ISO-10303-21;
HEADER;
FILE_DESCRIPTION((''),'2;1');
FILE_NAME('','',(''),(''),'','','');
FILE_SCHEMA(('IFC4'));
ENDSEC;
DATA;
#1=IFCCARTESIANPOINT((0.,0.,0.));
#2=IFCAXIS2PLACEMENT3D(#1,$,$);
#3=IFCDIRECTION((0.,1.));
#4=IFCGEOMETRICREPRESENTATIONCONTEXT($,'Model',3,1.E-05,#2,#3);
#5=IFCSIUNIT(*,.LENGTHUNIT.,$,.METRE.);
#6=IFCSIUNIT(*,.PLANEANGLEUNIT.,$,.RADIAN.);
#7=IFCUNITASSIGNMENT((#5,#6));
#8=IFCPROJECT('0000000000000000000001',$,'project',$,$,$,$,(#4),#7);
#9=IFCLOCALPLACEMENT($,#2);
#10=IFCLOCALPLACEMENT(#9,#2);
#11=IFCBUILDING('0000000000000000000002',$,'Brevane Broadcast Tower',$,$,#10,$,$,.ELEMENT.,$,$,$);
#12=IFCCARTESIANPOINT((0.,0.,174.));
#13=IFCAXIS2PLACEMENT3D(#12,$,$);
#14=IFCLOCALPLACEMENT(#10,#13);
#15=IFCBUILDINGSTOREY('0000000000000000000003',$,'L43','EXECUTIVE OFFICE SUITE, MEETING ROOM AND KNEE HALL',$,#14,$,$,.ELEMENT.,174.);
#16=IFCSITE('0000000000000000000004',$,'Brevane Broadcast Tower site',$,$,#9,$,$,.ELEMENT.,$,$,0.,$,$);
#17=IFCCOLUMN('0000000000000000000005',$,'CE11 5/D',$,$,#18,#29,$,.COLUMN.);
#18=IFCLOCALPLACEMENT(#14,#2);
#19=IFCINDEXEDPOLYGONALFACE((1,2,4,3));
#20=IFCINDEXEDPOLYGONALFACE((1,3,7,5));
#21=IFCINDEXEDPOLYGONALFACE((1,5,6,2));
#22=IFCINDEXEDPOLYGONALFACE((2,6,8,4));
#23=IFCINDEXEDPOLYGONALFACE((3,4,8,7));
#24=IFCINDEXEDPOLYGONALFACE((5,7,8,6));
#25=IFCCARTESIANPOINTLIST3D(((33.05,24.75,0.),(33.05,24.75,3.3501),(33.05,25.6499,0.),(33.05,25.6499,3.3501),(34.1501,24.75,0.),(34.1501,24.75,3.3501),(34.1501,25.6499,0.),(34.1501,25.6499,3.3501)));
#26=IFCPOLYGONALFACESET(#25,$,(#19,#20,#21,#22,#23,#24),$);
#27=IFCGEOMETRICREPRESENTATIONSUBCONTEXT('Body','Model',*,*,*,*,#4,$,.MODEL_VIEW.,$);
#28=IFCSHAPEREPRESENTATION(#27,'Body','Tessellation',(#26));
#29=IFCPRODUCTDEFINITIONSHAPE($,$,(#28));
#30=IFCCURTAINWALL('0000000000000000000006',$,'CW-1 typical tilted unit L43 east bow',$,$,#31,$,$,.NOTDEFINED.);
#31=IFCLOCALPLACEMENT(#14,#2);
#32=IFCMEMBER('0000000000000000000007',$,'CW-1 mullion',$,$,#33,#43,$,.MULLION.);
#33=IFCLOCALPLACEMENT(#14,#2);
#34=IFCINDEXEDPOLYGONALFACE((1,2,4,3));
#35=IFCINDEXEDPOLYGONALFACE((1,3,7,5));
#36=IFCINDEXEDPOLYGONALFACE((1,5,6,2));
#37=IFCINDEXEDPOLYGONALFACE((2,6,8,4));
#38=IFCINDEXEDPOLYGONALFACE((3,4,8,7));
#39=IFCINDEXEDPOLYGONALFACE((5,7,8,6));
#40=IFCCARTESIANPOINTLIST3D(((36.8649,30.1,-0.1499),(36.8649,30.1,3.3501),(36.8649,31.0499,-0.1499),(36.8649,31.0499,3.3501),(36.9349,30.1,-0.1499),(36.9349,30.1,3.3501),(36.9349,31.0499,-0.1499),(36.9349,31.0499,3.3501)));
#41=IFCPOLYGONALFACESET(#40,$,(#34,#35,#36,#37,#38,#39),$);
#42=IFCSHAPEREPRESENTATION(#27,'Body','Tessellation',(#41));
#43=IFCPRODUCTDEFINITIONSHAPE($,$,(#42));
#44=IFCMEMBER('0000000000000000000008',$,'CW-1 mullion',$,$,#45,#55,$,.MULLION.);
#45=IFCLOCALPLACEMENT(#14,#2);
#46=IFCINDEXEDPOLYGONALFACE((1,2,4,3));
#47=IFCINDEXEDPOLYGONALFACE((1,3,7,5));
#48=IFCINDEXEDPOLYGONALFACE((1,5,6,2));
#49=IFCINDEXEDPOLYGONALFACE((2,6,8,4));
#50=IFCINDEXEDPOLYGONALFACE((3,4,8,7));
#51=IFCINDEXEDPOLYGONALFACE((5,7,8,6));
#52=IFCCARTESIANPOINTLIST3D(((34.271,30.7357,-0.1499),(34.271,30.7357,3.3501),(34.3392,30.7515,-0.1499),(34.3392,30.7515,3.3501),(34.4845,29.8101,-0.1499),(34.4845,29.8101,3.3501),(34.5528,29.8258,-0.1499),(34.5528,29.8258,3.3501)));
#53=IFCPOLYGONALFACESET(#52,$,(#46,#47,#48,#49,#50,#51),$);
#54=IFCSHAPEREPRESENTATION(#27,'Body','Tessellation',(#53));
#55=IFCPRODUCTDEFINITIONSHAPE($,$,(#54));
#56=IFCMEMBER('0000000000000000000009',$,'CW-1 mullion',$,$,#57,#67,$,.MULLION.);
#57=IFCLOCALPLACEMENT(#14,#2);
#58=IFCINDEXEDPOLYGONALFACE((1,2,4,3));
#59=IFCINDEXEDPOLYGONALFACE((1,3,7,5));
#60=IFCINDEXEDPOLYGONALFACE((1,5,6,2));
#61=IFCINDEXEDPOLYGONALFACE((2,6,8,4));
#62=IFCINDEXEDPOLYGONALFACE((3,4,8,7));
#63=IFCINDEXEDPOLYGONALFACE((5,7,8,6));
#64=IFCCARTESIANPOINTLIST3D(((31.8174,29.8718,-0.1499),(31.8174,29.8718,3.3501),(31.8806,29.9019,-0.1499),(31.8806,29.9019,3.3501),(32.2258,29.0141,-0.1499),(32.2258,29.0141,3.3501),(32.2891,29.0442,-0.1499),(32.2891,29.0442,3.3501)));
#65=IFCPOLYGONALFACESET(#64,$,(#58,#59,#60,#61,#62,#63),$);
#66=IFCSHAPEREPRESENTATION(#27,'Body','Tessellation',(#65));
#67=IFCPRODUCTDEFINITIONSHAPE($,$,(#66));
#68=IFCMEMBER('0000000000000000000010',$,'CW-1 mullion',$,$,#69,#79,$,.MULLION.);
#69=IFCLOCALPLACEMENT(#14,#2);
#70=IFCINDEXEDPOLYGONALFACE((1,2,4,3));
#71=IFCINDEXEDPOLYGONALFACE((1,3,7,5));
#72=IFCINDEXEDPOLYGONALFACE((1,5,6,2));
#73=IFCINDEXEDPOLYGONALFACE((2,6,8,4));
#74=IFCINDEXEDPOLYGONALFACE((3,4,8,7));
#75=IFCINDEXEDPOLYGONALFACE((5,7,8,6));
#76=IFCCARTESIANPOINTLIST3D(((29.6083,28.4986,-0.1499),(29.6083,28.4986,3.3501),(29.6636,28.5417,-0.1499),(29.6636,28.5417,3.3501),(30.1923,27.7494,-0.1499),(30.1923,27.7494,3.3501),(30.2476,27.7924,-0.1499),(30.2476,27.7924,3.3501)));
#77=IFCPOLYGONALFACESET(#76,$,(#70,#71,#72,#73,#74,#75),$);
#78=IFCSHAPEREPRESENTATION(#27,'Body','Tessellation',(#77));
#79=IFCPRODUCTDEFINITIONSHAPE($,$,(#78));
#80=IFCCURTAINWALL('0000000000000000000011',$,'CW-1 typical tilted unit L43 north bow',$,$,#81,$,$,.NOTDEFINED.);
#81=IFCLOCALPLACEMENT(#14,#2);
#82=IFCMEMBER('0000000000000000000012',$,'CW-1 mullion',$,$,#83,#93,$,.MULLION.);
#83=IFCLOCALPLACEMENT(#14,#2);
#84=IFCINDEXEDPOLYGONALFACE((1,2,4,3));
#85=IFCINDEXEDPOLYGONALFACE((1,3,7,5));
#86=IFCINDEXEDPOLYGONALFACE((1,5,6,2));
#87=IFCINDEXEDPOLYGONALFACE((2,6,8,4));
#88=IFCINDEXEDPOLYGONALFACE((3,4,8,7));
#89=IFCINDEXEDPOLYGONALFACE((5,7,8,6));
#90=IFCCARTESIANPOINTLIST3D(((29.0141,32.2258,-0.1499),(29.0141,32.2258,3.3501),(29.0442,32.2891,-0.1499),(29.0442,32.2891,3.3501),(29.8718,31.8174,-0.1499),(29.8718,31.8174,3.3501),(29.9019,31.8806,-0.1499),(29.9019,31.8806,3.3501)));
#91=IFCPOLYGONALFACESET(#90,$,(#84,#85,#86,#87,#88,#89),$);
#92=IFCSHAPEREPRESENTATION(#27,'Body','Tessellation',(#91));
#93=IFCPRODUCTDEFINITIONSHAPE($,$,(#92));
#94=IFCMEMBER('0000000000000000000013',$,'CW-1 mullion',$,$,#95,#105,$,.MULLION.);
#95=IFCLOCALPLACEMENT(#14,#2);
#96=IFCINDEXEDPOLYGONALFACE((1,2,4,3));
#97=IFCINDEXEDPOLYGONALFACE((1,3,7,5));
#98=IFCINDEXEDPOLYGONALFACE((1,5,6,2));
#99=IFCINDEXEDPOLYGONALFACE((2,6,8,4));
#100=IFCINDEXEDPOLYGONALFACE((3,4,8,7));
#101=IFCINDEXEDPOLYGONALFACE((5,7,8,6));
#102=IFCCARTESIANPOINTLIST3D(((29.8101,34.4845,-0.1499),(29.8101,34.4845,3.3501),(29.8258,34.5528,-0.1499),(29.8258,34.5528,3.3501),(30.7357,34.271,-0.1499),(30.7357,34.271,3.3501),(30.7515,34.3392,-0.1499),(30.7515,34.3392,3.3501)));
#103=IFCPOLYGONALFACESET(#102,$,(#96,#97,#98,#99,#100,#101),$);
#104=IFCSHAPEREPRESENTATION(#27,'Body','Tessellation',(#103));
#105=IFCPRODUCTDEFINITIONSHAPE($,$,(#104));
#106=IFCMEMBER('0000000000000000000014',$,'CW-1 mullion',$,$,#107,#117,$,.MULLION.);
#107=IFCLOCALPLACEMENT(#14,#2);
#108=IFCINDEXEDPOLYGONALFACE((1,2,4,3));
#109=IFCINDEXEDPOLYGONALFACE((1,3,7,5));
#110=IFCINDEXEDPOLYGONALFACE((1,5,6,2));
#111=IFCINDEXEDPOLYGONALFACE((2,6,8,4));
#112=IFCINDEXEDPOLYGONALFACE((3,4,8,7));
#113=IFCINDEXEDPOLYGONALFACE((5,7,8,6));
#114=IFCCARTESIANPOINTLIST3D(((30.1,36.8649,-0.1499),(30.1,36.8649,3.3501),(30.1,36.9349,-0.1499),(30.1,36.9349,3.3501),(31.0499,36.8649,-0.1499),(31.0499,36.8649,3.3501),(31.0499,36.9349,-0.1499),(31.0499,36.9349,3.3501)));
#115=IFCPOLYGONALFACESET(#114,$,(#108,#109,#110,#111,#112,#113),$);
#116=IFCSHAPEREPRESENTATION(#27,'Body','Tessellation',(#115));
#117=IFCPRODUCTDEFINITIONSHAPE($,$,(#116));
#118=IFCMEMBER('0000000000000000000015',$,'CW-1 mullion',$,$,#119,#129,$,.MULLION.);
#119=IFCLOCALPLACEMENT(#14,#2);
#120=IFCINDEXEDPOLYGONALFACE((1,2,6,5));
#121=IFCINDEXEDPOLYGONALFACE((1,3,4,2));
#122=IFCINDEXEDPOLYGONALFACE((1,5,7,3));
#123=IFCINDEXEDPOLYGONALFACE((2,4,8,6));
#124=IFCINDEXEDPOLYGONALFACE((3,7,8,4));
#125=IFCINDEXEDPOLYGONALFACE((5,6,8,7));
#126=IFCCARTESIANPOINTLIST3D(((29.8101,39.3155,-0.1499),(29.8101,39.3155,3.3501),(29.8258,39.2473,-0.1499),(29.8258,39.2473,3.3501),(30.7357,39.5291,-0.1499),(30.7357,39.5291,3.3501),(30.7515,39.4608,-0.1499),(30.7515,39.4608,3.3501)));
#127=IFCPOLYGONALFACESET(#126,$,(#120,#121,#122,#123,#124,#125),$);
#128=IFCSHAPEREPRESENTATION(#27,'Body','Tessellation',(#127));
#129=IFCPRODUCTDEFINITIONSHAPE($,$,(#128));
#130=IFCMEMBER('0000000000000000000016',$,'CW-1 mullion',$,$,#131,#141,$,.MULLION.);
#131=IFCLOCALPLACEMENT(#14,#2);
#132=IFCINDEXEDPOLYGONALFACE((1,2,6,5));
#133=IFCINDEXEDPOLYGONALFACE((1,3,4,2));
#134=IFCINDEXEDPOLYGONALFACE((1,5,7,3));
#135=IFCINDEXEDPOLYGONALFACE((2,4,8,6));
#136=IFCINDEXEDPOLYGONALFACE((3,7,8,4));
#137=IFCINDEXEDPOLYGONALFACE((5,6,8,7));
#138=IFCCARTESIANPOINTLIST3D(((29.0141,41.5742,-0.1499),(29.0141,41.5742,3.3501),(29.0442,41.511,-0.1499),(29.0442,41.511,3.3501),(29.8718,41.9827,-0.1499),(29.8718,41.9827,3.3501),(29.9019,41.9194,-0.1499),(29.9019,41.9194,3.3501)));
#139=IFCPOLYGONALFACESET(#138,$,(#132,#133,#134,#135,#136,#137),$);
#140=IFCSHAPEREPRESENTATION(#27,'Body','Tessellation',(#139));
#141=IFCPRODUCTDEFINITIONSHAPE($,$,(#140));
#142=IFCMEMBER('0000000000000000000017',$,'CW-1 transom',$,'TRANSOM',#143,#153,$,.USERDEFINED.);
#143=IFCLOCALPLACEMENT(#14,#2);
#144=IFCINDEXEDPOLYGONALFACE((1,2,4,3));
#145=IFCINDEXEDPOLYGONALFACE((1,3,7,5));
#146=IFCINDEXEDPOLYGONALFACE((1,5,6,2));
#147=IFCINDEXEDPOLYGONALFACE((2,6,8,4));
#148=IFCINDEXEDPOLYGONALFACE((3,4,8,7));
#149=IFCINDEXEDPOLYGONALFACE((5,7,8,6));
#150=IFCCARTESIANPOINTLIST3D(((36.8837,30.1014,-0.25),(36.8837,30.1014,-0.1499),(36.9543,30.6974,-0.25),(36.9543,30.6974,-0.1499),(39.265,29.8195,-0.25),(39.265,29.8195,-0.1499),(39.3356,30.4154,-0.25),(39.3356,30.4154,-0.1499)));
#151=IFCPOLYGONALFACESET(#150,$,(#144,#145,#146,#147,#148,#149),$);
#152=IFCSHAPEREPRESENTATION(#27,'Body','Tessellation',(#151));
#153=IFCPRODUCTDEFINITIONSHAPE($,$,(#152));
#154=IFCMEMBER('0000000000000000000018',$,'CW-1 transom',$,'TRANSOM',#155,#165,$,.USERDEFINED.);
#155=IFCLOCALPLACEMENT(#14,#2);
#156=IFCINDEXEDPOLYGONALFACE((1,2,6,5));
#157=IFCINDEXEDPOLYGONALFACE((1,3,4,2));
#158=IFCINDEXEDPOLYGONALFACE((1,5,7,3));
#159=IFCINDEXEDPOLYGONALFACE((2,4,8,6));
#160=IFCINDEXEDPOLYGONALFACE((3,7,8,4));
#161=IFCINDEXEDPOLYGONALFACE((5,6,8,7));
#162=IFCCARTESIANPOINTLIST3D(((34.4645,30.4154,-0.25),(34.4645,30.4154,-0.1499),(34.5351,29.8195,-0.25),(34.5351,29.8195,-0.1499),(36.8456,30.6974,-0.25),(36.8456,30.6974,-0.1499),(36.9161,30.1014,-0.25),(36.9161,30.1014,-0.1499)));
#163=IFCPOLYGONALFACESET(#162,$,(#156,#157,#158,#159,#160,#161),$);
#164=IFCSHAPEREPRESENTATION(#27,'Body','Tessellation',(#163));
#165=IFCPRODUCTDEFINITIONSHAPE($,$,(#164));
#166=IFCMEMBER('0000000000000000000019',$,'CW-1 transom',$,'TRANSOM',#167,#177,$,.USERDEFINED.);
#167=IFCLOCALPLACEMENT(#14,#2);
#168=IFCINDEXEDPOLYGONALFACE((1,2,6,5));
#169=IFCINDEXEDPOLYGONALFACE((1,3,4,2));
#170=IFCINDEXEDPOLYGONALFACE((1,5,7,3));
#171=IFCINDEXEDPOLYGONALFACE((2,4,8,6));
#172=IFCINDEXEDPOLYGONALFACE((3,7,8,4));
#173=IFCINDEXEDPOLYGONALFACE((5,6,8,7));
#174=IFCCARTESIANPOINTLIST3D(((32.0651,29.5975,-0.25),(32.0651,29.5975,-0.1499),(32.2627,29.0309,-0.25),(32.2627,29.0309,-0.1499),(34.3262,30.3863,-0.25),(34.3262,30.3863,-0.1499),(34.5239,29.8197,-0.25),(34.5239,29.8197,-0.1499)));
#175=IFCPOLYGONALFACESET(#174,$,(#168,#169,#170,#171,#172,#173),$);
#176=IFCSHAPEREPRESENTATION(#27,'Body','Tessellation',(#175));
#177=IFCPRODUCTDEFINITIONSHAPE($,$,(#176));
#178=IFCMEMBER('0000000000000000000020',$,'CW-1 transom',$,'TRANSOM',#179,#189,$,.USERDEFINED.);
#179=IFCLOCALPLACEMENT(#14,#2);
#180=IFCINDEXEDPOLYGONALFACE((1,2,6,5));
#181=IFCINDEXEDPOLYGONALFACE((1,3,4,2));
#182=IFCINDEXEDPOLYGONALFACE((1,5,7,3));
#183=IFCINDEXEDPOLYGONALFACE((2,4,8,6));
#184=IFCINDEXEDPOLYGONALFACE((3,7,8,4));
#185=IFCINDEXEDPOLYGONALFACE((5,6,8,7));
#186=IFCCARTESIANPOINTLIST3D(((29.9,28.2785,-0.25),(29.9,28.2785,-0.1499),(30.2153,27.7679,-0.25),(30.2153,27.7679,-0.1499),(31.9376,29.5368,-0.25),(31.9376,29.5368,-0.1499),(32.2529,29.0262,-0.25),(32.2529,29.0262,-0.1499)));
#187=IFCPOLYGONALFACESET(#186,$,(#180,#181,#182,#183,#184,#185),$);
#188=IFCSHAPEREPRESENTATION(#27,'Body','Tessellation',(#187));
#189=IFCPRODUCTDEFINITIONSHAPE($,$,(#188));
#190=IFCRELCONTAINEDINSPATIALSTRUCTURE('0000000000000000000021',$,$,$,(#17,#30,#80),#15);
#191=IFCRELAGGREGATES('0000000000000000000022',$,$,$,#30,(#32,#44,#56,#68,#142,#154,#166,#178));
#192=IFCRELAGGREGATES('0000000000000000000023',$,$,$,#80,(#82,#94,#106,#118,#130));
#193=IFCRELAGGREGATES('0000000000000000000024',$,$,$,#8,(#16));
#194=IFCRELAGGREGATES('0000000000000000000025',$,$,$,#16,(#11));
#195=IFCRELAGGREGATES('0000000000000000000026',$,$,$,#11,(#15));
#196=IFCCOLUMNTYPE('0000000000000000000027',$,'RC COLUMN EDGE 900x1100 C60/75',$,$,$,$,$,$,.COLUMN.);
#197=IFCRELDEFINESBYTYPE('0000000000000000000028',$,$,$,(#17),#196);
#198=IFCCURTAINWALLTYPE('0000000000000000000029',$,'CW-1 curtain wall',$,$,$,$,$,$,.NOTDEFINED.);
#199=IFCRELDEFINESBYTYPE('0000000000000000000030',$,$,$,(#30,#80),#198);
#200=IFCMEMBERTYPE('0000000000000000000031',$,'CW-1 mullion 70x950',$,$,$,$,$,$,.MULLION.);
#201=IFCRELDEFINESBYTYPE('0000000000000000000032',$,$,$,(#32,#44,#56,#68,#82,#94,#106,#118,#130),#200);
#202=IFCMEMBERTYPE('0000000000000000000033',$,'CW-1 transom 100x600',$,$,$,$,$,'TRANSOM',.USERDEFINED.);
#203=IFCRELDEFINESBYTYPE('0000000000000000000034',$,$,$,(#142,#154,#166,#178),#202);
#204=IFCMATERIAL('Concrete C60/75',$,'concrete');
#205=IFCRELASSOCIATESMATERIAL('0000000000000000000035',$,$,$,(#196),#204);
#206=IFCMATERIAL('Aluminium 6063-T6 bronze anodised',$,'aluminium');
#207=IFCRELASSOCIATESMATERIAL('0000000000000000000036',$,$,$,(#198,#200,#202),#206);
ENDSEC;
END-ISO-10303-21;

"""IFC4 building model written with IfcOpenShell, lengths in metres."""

from ifc_helpers import new_model, si_unit, direction, frame, origin, origin_2d, place, context, subcontext, project, spatial, rectangle, extrude, material, material_profile, profile_set, type_object, element, aggregate, save


model = new_model("IFC4")

# Units and contexts
model_context = context("Model", 3, precision=1e-05, world=origin(), true_north=direction((0.0, 1.0)))
body_context = subcontext(model_context, "Body", "Model", "MODEL_VIEW")
ifc_project = project(units=[si_unit("LENGTHUNIT", "METRE"), si_unit("PLANEANGLEUNIT", "RADIAN")], contexts=[model_context])

# Site, building, storey
site_placement = place(None, origin())
site = spatial("IfcSite", under=ifc_project, at=site_placement, Name="Brevane Broadcast Tower site", CompositionType="ELEMENT", RefElevation=0.0)
building_placement = place(site_placement, origin())
building = spatial("IfcBuilding", under=site, at=building_placement, Name="Brevane Broadcast Tower", CompositionType="ELEMENT")
storey_placement = place(building_placement, frame((0.0, 0.0, 174.0)))
storey = spatial("IfcBuildingStorey", under=building, at=storey_placement, Name="L43", Description="EXECUTIVE OFFICE SUITE, MEETING ROOM AND KNEE HALL", CompositionType="ELEMENT", Elevation=174.0)

# Column
ifc_material_1 = material(Name="Concrete C60/75", Category="concrete")
ifc_material_profile_1 = material_profile(ifc_material_1, rectangle(XDim=0.8999, YDim=1.1001, at=origin_2d()), Name="RC 900x1100")
ifc_profile_set_1 = profile_set([ifc_material_profile_1], Name="Concrete C60/75")
column_type = type_object("IfcColumnType", Name="RC COLUMN EDGE 900x1100 C60/75", PredefinedType="COLUMN", material=ifc_profile_set_1)
column_placement = place(storey_placement, frame((33.6001, 25.2, 0.0), z_axis=(0.0, 0.0, 1.0), x_axis=(0.0, 1.0, 0.0)))
element("IfcColumn", 1, at=column_placement, inside=storey, type_object=column_type, Name="CE11 5/D", PredefinedType="COLUMN", context=body_context, shape_type="SweptSolid", body=[
    extrude(rectangle(XDim=0.8999, YDim=1.1001, at=origin_2d()), origin(), (0.0, 0.0, 1.0), 3.3501),
])

# Curtain walls, members
ifc_material_2 = material(Name="Aluminium 6063-T6 bronze anodised", Category="aluminium")
curtain_wall_type = type_object("IfcCurtainWallType", Name="CW-1 curtain wall", PredefinedType="NOTDEFINED", material=ifc_material_2)
curtain_wall_1_placement = place(storey_placement, origin())
curtain_wall_1 = element("IfcCurtainWall", 2, at=curtain_wall_1_placement, inside=storey, type_object=curtain_wall_type, Name="CW-1 typical tilted unit L43 east bow", PredefinedType="NOTDEFINED")
ifc_material_profile_2 = material_profile(ifc_material_2, rectangle(XDim=0.95, YDim=0.0701, at=origin_2d()), Name="RECT 70x950")
ifc_profile_set_2 = profile_set([ifc_material_profile_2], Name="Aluminium 6063-T6 bronze anodised")
member_type_1 = type_object("IfcMemberType", Name="CW-1 mullion 70x950", PredefinedType="MULLION", material=ifc_profile_set_2)
member_1_placement = place(storey_placement, frame((36.8999, 30.575, -0.1499), z_axis=(0.0, 0.0, 1.0), x_axis=(0.0, -1.0, 0.0)))
member_1 = element("IfcMember", 3, at=member_1_placement, type_object=member_type_1, Name="CW-1 mullion", PredefinedType="MULLION", context=body_context, shape_type="SweptSolid", body=[
    extrude(rectangle(XDim=0.95, YDim=0.0701, at=origin_2d()), origin(), (0.0, 0.0, 1.0), 3.5),
])
member_2_placement = place(storey_placement, frame((34.4119, 30.2808, -0.1499), z_axis=(0.0, 0.0, 1.0), x_axis=(0.224807, -0.974403, 0.0)))
member_2 = element("IfcMember", 4, at=member_2_placement, type_object=member_type_1, Name="CW-1 mullion", PredefinedType="MULLION", context=body_context, shape_type="SweptSolid", body=[
    extrude(rectangle(XDim=0.95, YDim=0.0701, at=origin_2d()), origin(), (0.0, 0.0, 1.0), 3.5),
])
member_3_placement = place(storey_placement, frame((32.0532, 29.458, -0.1499), z_axis=(0.0, 0.0, 1.0), x_axis=(0.429934, -0.902861, 0.0)))
member_3 = element("IfcMember", 5, at=member_3_placement, type_object=member_type_1, Name="CW-1 mullion", PredefinedType="MULLION", context=body_context, shape_type="SweptSolid", body=[
    extrude(rectangle(XDim=0.95, YDim=0.0701, at=origin_2d()), origin(), (0.0, 0.0, 1.0), 3.5),
])
member_4_placement = place(storey_placement, frame((29.928, 28.1455, -0.1499), z_axis=(0.0, 0.0, 1.0), x_axis=(0.61477, -0.788707, 0.0)))
member_4 = element("IfcMember", 6, at=member_4_placement, type_object=member_type_1, Name="CW-1 mullion", PredefinedType="MULLION", context=body_context, shape_type="SweptSolid", body=[
    extrude(rectangle(XDim=0.95, YDim=0.0701, at=origin_2d()), origin(), (0.0, 0.0, 1.0), 3.5),
])
curtain_wall_2_placement = place(storey_placement, origin())
curtain_wall_2 = element("IfcCurtainWall", 7, at=curtain_wall_2_placement, inside=storey, type_object=curtain_wall_type, Name="CW-1 typical tilted unit L43 north bow", PredefinedType="NOTDEFINED")
member_5_placement = place(storey_placement, frame((29.458, 32.0532, -0.1499), z_axis=(0.0, 0.0, 1.0), x_axis=(-0.902861, 0.429934, 0.0)))
member_5 = element("IfcMember", 8, at=member_5_placement, type_object=member_type_1, Name="CW-1 mullion", PredefinedType="MULLION", context=body_context, shape_type="SweptSolid", body=[
    extrude(rectangle(XDim=0.95, YDim=0.0701, at=origin_2d()), origin(), (0.0, 0.0, 1.0), 3.5),
])
member_6_placement = place(storey_placement, frame((30.2808, 34.4119, -0.1499), z_axis=(0.0, 0.0, 1.0), x_axis=(-0.974403, 0.224807, 0.0)))
member_6 = element("IfcMember", 9, at=member_6_placement, type_object=member_type_1, Name="CW-1 mullion", PredefinedType="MULLION", context=body_context, shape_type="SweptSolid", body=[
    extrude(rectangle(XDim=0.95, YDim=0.0701, at=origin_2d()), origin(), (0.0, 0.0, 1.0), 3.5),
])
member_7_placement = place(storey_placement, frame((30.575, 36.8999, -0.1499), z_axis=(0.0, 0.0, 1.0), x_axis=(-1.0, 0.0, 0.0)))
member_7 = element("IfcMember", 10, at=member_7_placement, type_object=member_type_1, Name="CW-1 mullion", PredefinedType="MULLION", context=body_context, shape_type="SweptSolid", body=[
    extrude(rectangle(XDim=0.95, YDim=0.0701, at=origin_2d()), origin(), (0.0, 0.0, 1.0), 3.5),
])
member_8_placement = place(storey_placement, frame((30.2808, 39.3882, -0.1499), z_axis=(0.0, 0.0, 1.0), x_axis=(-0.974403, -0.224807, 0.0)))
member_8 = element("IfcMember", 11, at=member_8_placement, type_object=member_type_1, Name="CW-1 mullion", PredefinedType="MULLION", context=body_context, shape_type="SweptSolid", body=[
    extrude(rectangle(XDim=0.95, YDim=0.0701, at=origin_2d()), origin(), (0.0, 0.0, 1.0), 3.5),
])
member_9_placement = place(storey_placement, frame((29.458, 41.7468, -0.1499), z_axis=(0.0, 0.0, 1.0), x_axis=(-0.902861, -0.429934, 0.0)))
member_9 = element("IfcMember", 12, at=member_9_placement, type_object=member_type_1, Name="CW-1 mullion", PredefinedType="MULLION", context=body_context, shape_type="SweptSolid", body=[
    extrude(rectangle(XDim=0.95, YDim=0.0701, at=origin_2d()), origin(), (0.0, 0.0, 1.0), 3.5),
])

# Members
ifc_material_profile_3 = material_profile(ifc_material_2, rectangle(XDim=0.6001, YDim=0.1001, at=origin_2d()), Name="RECT 100x600")
ifc_profile_set_3 = profile_set([ifc_material_profile_3], Name="Aluminium 6063-T6 bronze anodised")
member_type_2 = type_object("IfcMemberType", Name="CW-1 transom 100x600", ElementType="TRANSOM", PredefinedType="USERDEFINED", material=ifc_profile_set_3)
member_10_placement = place(storey_placement, frame((39.3003, 30.1174, -0.2), z_axis=(-0.993062, 0.117591, 0.0), x_axis=(-0.117591, -0.993062, 0.0)))
member_10 = element("IfcMember", 13, at=member_10_placement, type_object=member_type_2, Name="CW-1 transom", ObjectType="TRANSOM", PredefinedType="USERDEFINED", context=body_context, shape_type="SweptSolid", body=[
    extrude(rectangle(XDim=0.6001, YDim=0.1001, at=origin_2d()), origin(), (0.0, 0.0, 1.0), 2.3979),
])
member_11_placement = place(storey_placement, frame((36.8809, 30.3994, -0.2), z_axis=(-0.993061, -0.117603, 0.0), x_axis=(0.117603, -0.993061, 0.0)))
member_11 = element("IfcMember", 14, at=member_11_placement, type_object=member_type_2, Name="CW-1 transom", ObjectType="TRANSOM", PredefinedType="USERDEFINED", context=body_context, shape_type="SweptSolid", body=[
    extrude(rectangle(XDim=0.6001, YDim=0.1001, at=origin_2d()), origin(), (0.0, 0.0, 1.0), 2.3977),
])
member_12_placement = place(storey_placement, frame((34.425, 30.103, -0.2), z_axis=(-0.944198, -0.329378, 0.0), x_axis=(0.329378, -0.944198, 0.0)))
member_12 = element("IfcMember", 15, at=member_12_placement, type_object=member_type_2, Name="CW-1 transom", ObjectType="TRANSOM", PredefinedType="USERDEFINED", context=body_context, shape_type="SweptSolid", body=[
    extrude(rectangle(XDim=0.6001, YDim=0.1001, at=origin_2d()), origin(), (0.0, 0.0, 1.0), 2.3948),
])
member_13_placement = place(storey_placement, frame((32.0952, 29.2815, -0.2), z_axis=(-0.850838, -0.525428, 0.0), x_axis=(0.525428, -0.850838, 0.0)))
member_13 = element("IfcMember", 16, at=member_13_placement, type_object=member_type_2, Name="CW-1 transom", ObjectType="TRANSOM", PredefinedType="USERDEFINED", context=body_context, shape_type="SweptSolid", body=[
    extrude(rectangle(XDim=0.6001, YDim=0.1001, at=origin_2d()), origin(), (0.0, 0.0, 1.0), 2.3948),
])
aggregate(curtain_wall_1, [member_1, member_2, member_3, member_4, member_10, member_11, member_12, member_13])
aggregate(curtain_wall_2, [member_5, member_6, member_7, member_8, member_9])

save(model, "model.ifc")
